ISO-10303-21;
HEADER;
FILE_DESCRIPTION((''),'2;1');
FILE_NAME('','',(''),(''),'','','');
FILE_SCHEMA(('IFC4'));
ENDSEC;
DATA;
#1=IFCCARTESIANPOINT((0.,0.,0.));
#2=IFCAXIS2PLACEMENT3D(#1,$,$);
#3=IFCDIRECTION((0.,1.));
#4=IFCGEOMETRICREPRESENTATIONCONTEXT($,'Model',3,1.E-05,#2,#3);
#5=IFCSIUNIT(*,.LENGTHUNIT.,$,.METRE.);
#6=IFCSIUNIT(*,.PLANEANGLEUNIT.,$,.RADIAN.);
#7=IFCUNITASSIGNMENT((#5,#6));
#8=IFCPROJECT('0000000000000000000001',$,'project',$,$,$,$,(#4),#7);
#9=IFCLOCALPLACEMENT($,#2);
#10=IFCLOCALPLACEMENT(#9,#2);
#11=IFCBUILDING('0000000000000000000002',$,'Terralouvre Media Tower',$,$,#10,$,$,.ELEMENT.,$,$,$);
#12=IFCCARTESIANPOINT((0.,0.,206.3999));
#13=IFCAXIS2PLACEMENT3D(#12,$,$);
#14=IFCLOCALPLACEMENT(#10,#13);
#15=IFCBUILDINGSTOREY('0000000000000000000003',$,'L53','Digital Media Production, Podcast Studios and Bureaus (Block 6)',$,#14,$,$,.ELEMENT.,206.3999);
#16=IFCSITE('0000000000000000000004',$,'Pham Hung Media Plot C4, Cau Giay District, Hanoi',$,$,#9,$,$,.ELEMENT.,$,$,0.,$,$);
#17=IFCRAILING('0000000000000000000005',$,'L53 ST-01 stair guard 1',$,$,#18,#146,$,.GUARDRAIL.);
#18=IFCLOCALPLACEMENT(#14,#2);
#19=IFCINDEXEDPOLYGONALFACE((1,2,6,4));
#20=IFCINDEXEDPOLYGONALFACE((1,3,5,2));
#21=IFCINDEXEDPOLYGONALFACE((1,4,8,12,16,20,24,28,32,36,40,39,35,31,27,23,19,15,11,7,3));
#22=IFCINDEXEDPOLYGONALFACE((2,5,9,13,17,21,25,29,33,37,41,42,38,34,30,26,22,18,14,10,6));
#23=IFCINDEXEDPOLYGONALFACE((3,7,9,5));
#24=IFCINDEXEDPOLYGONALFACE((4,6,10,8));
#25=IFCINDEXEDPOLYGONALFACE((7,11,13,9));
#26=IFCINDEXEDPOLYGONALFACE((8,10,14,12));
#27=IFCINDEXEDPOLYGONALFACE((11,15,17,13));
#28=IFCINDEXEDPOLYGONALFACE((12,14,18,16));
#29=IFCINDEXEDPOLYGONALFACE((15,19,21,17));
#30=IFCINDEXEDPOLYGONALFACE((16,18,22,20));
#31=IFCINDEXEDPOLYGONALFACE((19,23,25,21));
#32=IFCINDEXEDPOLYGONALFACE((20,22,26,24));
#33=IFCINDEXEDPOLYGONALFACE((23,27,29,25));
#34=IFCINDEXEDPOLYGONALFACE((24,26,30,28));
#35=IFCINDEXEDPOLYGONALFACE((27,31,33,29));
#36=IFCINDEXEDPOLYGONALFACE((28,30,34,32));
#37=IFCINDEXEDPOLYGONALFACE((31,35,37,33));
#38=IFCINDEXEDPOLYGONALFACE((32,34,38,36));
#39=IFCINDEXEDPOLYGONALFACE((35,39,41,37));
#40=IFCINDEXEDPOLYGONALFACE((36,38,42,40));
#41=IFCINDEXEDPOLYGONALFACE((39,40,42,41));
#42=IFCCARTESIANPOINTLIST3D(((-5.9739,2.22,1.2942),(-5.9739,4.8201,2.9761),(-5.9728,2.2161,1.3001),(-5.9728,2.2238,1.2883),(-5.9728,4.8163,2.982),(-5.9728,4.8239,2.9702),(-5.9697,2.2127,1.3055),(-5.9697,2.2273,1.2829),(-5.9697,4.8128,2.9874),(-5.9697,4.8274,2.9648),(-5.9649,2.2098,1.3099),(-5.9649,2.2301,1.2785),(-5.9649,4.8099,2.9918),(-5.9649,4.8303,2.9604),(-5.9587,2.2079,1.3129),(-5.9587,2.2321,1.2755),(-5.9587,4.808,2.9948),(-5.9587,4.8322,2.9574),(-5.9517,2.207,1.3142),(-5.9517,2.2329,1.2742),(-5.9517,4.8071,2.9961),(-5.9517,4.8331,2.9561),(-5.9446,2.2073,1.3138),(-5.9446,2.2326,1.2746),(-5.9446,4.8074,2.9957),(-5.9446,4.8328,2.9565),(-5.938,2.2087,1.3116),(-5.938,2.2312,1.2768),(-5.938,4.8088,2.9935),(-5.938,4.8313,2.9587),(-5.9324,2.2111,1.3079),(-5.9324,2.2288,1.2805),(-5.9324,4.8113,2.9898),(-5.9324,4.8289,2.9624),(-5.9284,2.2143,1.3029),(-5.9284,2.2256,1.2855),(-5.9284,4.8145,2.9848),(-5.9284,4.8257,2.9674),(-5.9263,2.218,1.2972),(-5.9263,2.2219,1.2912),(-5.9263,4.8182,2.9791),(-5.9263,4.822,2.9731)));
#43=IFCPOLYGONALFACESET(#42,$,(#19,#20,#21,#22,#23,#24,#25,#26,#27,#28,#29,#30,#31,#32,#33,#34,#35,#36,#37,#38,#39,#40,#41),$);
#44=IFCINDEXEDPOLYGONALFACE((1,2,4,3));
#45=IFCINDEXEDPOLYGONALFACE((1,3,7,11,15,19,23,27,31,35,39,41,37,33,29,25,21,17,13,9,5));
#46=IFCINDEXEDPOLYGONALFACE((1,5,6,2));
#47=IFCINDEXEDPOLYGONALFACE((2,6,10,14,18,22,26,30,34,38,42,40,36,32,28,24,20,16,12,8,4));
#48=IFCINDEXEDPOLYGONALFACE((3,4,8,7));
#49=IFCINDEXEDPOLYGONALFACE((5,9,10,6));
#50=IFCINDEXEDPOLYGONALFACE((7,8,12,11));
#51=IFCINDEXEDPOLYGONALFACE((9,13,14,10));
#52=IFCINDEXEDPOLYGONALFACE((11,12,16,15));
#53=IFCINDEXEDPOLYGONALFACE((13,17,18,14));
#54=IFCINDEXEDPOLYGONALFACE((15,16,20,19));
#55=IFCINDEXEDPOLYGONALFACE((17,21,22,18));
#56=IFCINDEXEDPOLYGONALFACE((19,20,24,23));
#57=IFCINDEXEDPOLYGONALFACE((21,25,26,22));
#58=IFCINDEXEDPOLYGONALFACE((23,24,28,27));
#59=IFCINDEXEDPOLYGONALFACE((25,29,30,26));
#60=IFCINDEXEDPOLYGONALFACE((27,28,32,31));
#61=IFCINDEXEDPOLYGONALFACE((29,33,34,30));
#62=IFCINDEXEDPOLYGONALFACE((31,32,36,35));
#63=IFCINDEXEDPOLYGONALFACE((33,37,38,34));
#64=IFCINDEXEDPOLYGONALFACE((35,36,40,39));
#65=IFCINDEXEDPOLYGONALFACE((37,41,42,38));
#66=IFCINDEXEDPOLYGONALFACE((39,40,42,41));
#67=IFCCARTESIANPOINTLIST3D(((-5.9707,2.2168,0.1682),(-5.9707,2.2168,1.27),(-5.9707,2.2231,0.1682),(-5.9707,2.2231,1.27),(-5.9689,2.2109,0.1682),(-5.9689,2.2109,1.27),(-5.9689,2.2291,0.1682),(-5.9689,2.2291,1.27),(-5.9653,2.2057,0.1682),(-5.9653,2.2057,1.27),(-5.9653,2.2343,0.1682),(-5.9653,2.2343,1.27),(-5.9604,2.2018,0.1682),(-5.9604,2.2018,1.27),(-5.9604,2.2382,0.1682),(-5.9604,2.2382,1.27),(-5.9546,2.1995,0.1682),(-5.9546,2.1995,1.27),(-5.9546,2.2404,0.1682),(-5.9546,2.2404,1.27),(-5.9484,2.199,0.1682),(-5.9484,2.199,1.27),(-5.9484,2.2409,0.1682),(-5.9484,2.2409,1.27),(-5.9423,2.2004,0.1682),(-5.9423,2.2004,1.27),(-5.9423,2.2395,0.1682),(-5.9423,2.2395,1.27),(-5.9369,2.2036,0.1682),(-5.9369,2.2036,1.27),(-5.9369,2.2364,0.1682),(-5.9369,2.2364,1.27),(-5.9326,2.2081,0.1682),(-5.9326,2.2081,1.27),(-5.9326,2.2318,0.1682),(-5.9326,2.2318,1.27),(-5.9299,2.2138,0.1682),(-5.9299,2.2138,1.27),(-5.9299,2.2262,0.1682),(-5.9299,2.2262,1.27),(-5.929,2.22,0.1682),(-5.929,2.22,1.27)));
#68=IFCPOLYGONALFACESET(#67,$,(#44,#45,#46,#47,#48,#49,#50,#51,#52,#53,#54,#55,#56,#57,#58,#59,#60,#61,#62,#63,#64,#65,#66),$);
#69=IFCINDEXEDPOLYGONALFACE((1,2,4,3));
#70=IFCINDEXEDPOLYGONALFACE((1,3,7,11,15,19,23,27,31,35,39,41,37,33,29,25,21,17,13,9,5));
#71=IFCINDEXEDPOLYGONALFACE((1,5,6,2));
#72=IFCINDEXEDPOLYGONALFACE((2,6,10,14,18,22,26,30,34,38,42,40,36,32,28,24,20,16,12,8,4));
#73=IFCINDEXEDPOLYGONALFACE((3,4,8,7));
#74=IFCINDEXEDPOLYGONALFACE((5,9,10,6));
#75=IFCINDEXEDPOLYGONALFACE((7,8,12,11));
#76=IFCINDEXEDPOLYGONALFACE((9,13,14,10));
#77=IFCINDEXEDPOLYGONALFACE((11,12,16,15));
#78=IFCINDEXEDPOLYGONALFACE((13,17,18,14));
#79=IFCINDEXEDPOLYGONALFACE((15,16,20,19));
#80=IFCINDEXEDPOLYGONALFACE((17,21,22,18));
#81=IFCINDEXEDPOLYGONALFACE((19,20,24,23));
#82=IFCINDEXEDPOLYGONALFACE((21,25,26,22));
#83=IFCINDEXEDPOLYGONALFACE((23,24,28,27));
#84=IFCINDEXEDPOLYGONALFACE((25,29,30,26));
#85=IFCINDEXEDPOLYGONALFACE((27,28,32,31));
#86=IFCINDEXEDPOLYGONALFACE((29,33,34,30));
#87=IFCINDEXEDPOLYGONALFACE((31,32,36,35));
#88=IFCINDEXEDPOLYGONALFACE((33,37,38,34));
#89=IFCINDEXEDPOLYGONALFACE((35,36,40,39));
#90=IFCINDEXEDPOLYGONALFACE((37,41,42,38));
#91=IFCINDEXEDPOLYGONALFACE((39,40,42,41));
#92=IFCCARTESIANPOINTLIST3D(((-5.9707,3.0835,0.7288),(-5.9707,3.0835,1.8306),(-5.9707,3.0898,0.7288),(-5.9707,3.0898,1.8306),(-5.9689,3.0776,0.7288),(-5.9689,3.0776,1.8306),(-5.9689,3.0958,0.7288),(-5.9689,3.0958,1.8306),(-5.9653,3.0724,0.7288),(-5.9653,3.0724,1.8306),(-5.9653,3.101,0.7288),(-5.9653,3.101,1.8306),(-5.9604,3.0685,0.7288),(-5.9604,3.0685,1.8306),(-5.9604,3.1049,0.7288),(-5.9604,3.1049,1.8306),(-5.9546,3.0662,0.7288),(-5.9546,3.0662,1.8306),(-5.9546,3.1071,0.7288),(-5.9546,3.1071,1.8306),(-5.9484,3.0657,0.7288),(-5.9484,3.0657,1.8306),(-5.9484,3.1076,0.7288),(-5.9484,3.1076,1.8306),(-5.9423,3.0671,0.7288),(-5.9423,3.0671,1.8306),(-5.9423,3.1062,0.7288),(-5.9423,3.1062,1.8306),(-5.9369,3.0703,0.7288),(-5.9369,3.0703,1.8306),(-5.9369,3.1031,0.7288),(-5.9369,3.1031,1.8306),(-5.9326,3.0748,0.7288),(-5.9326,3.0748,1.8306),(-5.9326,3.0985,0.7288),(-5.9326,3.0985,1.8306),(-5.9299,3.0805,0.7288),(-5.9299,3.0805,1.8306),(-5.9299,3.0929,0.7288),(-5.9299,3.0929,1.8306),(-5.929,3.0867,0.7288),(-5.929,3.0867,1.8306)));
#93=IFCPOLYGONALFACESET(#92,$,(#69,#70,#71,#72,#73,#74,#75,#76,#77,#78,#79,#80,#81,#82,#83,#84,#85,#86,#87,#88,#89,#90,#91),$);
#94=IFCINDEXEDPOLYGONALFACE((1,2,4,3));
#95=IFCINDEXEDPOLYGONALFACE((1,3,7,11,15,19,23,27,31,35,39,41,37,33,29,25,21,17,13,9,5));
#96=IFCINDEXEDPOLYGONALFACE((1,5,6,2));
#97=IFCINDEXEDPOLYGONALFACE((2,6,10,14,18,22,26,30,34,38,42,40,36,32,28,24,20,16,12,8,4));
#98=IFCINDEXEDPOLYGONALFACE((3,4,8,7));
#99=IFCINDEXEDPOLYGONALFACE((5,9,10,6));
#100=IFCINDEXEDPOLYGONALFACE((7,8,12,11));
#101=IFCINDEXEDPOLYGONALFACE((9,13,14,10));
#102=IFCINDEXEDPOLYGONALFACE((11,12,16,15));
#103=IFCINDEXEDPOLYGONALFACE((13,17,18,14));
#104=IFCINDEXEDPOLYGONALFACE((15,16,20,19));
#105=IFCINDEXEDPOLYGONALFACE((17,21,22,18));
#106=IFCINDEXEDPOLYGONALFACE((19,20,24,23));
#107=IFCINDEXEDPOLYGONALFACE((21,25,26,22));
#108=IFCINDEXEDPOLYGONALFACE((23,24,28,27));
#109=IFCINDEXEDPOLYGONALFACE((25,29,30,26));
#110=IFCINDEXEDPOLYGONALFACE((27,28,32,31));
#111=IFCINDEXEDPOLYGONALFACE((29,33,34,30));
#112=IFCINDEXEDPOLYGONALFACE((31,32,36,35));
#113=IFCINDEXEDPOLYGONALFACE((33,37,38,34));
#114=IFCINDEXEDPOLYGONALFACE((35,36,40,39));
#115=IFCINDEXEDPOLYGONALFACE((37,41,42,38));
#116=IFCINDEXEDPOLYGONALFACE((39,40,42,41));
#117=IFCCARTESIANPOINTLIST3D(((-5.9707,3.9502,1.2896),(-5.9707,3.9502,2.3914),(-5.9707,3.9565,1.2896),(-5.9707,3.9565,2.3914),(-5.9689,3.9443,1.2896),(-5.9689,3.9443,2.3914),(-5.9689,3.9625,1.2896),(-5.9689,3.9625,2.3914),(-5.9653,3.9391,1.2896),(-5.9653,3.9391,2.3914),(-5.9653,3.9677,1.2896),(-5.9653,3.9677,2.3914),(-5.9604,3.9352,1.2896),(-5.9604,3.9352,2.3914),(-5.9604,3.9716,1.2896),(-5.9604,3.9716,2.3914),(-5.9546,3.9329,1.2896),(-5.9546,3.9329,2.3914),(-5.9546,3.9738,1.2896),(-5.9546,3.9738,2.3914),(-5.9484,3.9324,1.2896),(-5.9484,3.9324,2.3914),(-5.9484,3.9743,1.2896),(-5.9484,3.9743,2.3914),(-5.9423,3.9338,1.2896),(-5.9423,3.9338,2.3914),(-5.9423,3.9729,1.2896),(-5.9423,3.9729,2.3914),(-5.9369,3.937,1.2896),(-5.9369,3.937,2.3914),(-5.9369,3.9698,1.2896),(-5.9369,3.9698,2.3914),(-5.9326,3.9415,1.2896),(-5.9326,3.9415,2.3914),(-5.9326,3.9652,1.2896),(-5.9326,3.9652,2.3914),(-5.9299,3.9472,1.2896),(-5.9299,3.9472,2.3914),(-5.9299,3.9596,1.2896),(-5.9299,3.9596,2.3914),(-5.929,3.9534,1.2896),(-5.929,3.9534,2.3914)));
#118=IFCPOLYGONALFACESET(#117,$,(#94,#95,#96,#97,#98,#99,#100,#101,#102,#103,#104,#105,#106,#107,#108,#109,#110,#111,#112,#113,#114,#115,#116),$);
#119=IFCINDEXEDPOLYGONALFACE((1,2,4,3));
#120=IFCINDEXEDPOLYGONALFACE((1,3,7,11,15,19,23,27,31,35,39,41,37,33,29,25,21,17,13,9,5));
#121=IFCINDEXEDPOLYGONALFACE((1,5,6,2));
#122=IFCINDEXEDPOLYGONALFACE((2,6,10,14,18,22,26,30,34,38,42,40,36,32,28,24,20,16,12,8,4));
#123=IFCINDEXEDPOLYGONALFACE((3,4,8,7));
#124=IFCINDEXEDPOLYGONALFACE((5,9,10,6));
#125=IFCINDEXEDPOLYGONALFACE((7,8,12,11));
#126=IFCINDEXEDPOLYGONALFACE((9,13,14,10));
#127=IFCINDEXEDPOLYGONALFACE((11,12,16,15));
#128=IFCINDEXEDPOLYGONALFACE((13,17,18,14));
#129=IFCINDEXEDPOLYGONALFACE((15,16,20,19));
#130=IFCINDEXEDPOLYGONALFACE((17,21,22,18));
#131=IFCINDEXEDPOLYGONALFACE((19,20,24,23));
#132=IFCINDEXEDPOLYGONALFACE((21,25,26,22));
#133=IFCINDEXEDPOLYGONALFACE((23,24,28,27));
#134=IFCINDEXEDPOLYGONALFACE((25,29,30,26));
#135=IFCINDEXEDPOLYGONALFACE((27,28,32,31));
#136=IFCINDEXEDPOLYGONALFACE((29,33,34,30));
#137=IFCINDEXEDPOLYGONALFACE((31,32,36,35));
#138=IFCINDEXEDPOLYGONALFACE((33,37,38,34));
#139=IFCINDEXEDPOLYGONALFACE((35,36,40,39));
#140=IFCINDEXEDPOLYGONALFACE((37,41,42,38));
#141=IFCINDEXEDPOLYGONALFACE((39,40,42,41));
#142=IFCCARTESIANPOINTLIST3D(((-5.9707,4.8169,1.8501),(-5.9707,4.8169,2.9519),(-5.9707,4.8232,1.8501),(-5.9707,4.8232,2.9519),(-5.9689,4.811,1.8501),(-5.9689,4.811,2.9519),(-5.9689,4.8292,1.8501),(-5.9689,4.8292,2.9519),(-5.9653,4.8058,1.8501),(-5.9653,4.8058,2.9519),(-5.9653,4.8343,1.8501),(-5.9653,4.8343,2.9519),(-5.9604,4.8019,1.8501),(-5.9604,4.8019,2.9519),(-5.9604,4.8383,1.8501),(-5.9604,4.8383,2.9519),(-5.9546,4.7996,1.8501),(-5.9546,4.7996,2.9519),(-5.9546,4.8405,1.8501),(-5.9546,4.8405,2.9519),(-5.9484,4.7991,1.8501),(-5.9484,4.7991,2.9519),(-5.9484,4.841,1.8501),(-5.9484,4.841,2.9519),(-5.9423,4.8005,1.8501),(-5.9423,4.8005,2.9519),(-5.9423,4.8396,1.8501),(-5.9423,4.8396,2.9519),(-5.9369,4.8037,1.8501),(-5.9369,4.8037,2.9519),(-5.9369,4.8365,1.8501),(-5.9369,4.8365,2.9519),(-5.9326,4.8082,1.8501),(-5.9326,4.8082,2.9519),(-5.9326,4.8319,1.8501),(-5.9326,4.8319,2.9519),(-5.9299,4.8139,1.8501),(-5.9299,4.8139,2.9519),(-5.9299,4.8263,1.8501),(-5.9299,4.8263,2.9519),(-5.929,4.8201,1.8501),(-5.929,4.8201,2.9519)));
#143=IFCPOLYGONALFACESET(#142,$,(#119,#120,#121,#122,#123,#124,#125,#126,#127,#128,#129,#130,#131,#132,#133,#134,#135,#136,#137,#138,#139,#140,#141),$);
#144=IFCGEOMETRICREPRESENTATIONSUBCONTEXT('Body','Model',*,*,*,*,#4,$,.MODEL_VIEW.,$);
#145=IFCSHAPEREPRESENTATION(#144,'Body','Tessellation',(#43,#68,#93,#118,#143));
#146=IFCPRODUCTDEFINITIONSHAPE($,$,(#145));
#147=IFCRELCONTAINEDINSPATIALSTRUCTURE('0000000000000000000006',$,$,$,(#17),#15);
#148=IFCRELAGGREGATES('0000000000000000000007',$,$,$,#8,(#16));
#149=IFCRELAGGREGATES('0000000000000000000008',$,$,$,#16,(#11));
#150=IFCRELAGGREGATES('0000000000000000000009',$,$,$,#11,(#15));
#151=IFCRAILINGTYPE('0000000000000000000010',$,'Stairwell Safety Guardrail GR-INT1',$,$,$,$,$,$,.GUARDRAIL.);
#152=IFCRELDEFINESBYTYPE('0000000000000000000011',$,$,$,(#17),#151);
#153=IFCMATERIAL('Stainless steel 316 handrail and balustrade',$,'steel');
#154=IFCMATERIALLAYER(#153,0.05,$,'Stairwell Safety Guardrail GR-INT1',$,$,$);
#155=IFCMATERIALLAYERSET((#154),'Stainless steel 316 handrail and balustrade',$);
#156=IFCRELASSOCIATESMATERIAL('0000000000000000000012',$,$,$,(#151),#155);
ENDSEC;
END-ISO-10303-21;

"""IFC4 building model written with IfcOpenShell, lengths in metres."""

from ifc_helpers import new_model, si_unit, direction, frame, origin, origin_2d, place, context, subcontext, project, spatial, circle, extrude, material, layer, layer_set, type_object, element, save


model = new_model("IFC4")

# Units and contexts
model_context = context("Model", 3, precision=1e-05, world=origin(), true_north=direction((0.0, 1.0)))
body_context = subcontext(model_context, "Body", "Model", "MODEL_VIEW")
ifc_project = project(units=[si_unit("LENGTHUNIT", "METRE"), si_unit("PLANEANGLEUNIT", "RADIAN")], contexts=[model_context])

# Site, building, storey
site_placement = place(None, origin())
site = spatial("IfcSite", under=ifc_project, at=site_placement, Name="Pham Hung Media Plot C4, Cau Giay District, Hanoi", CompositionType="ELEMENT", RefElevation=0.0)
building_placement = place(site_placement, origin())
building = spatial("IfcBuilding", under=site, at=building_placement, Name="Terralouvre Media Tower", CompositionType="ELEMENT")
storey_placement = place(building_placement, frame((0.0, 0.0, 206.3999)))
storey = spatial("IfcBuildingStorey", under=building, at=storey_placement, Name="L53", Description="Digital Media Production, Podcast Studios and Bureaus (Block 6)", CompositionType="ELEMENT", Elevation=206.3999)

# Railing
ifc_material_1 = material(Name="Stainless steel 316 handrail and balustrade", Category="steel")
ifc_layer_1 = layer(ifc_material_1, 0.05, Name="Stairwell Safety Guardrail GR-INT1")
ifc_layer_set_1 = layer_set([ifc_layer_1], Name="Stainless steel 316 handrail and balustrade")
railing_type_1 = type_object("IfcRailingType", Name="Stairwell Safety Guardrail GR-INT1", PredefinedType="GUARDRAIL", material=ifc_layer_set_1)
railing_1_placement = place(storey_placement, frame((-5.95, 2.22, 0.1682)))
element("IfcRailing", 1, at=railing_1_placement, inside=storey, type_object=railing_type_1, Name="L53 ST-01 stair guard 1", PredefinedType="GUARDRAIL", context=body_context, shape_type="SweptSolid", body=[
    extrude(circle(Radius=0.0239, at=origin_2d()), frame((0.0, 0.0, 1.126), z_axis=(0.0, 0.839648, 0.54313), x_axis=(-1.0, 0.0, 0.0)), (0.0, 0.0, 1.0), 3.0967),
    extrude(circle(Radius=0.021, at=origin_2d()), origin(), (0.0, 0.0, 1.0), 1.1018),
    extrude(circle(Radius=0.021, at=origin_2d()), frame((0.0, 0.8667, 0.5605)), (0.0, 0.0, 1.0), 1.1018),
    extrude(circle(Radius=0.021, at=origin_2d()), frame((0.0, 1.7334, 1.1213)), (0.0, 0.0, 1.0), 1.1018),
    extrude(circle(Radius=0.021, at=origin_2d()), frame((0.0, 2.6001, 1.6819)), (0.0, 0.0, 1.0), 1.1018),
])

save(model, "model.ifc")
